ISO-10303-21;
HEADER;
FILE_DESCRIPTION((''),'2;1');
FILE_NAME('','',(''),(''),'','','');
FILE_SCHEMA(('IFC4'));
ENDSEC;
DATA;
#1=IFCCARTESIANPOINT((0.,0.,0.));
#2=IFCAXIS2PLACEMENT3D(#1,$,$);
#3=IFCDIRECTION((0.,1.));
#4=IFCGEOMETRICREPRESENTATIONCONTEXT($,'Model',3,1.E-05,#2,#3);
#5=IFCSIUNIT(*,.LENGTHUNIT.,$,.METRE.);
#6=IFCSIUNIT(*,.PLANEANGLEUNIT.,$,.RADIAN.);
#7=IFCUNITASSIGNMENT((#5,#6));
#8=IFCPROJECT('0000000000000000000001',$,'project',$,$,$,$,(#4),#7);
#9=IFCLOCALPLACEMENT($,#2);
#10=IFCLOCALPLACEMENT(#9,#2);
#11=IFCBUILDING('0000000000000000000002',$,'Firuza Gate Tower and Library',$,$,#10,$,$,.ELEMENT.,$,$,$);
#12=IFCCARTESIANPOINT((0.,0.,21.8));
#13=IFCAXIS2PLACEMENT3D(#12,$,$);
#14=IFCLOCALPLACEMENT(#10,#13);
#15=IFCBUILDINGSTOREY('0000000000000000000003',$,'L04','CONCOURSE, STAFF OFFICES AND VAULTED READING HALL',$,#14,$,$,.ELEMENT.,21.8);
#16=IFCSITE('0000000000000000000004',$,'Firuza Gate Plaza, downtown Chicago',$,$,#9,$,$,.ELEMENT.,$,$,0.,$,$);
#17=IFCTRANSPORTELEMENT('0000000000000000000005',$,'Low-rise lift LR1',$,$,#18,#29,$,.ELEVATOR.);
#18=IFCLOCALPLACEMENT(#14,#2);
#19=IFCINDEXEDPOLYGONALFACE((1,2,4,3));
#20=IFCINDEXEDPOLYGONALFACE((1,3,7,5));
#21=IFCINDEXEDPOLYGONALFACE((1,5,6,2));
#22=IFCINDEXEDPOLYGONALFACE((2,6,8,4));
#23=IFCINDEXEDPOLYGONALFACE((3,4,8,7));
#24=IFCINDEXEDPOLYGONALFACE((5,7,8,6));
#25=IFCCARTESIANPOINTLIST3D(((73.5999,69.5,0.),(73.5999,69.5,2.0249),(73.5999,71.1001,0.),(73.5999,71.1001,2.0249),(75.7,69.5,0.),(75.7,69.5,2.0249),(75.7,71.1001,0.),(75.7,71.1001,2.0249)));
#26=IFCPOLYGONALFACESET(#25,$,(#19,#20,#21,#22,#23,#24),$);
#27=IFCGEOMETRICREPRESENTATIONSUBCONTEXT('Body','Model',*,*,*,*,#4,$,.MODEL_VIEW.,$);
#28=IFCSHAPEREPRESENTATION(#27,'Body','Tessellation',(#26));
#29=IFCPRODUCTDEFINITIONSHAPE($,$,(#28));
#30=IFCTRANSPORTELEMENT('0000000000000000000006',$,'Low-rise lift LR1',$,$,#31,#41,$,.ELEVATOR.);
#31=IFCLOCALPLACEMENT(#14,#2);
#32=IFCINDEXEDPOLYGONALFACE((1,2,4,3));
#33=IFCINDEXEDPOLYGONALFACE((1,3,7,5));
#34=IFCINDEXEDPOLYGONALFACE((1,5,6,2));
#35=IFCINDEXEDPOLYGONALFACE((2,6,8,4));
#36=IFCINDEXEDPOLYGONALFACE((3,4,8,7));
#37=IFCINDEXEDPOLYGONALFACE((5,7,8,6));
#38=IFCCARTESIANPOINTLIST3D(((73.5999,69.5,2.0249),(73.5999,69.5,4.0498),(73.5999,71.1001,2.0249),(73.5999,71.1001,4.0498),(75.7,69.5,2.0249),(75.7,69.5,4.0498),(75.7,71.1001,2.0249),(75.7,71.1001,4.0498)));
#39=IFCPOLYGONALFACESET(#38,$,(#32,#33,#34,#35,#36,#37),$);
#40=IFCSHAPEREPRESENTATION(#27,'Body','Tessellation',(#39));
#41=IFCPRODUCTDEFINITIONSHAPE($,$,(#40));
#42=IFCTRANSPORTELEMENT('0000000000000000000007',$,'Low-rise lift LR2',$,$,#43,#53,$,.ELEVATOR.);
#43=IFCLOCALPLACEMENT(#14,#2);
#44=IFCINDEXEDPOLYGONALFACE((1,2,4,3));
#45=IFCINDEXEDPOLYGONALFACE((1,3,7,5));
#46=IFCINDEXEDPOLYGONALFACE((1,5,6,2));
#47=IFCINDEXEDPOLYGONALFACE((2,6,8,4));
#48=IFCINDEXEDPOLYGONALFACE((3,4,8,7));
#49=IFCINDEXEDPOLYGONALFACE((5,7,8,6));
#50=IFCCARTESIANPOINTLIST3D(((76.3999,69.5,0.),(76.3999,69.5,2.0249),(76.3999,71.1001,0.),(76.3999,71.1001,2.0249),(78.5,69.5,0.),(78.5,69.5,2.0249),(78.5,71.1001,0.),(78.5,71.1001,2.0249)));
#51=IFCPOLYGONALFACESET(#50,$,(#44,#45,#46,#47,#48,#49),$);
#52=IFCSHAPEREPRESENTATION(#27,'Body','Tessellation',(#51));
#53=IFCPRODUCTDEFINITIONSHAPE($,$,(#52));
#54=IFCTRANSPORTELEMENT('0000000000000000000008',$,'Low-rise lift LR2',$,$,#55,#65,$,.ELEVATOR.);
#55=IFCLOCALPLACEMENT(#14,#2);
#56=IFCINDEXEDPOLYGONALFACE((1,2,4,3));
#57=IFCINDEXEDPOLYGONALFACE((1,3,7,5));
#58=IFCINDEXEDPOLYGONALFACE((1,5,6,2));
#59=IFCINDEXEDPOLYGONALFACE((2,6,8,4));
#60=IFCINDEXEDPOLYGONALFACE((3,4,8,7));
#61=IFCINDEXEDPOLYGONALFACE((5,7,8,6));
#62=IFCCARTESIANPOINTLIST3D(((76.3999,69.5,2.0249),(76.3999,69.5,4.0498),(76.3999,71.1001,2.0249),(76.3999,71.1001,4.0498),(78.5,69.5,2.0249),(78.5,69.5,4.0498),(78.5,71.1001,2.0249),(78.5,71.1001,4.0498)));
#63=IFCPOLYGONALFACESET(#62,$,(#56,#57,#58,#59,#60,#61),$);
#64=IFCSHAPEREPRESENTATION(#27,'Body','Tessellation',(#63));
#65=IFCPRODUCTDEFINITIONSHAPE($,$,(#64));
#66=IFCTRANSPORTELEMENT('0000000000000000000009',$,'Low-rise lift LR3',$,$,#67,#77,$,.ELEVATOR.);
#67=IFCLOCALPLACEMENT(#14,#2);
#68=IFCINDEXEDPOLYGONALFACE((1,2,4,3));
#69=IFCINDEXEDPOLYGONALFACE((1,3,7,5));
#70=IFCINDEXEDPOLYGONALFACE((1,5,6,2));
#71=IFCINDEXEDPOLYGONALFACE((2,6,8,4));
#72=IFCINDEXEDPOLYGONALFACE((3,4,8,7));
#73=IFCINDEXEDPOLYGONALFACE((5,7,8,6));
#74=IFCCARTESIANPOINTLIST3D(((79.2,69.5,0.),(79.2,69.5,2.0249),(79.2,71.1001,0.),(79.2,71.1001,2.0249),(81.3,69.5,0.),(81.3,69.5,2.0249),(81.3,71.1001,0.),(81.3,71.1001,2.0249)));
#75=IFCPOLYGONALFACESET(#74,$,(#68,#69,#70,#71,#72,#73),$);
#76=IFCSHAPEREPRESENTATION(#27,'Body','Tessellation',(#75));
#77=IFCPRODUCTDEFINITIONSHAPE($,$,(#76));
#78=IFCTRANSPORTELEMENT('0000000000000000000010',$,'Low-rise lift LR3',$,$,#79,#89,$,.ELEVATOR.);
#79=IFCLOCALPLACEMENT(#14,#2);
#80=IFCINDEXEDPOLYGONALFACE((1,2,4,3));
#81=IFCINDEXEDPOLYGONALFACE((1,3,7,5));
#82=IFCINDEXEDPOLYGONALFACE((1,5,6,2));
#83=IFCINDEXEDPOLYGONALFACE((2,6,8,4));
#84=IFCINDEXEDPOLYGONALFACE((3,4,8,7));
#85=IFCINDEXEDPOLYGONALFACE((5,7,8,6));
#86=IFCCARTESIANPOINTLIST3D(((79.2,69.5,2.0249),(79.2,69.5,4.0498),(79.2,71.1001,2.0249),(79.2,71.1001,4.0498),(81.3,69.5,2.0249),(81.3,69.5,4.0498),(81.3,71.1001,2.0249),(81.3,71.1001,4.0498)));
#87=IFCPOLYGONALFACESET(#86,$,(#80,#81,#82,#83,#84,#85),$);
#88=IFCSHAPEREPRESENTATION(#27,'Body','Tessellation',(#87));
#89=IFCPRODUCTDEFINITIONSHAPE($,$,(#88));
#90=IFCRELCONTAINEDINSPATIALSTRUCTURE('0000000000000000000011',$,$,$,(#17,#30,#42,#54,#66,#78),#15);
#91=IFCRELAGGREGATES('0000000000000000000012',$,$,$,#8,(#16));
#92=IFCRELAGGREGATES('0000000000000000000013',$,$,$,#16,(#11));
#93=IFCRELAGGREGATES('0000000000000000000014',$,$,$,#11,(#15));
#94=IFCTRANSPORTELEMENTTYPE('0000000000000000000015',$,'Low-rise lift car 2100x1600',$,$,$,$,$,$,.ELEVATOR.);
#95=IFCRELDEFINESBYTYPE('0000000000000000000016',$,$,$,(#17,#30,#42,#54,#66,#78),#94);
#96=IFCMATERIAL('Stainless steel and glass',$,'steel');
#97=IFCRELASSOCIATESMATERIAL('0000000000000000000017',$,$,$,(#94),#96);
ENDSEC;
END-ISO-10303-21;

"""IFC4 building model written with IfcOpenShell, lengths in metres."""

from ifc_helpers import new_model, si_unit, direction, frame, origin, origin_2d, place, context, subcontext, project, spatial, rectangle, extrude, material, type_object, element, save


model = new_model("IFC4")

# Units and contexts
model_context = context("Model", 3, precision=1e-05, world=origin(), true_north=direction((0.0, 1.0)))
body_context = subcontext(model_context, "Body", "Model", "MODEL_VIEW")
ifc_project = project(units=[si_unit("LENGTHUNIT", "METRE"), si_unit("PLANEANGLEUNIT", "RADIAN")], contexts=[model_context])

# Site, building, storey
site_placement = place(None, origin())
site = spatial("IfcSite", under=ifc_project, at=site_placement, Name="Firuza Gate Plaza, downtown Chicago", CompositionType="ELEMENT", RefElevation=0.0)
building_placement = place(site_placement, origin())
building = spatial("IfcBuilding", under=site, at=building_placement, Name="Firuza Gate Tower and Library", CompositionType="ELEMENT")
storey_placement = place(building_placement, frame((0.0, 0.0, 21.8)))
storey = spatial("IfcBuildingStorey", under=building, at=storey_placement, Name="L04", Description="CONCOURSE, STAFF OFFICES AND VAULTED READING HALL", CompositionType="ELEMENT", Elevation=21.8)

# Transport elements
ifc_material_1 = material(Name="Stainless steel and glass", Category="steel")
transport_element_type = type_object("IfcTransportElementType", Name="Low-rise lift car 2100x1600", PredefinedType="ELEVATOR", material=ifc_material_1)
for number, where, z_axis, x_axis, name in (
    (1, (74.6499, 70.3, 0.0), (0.0, 0.0, 1.0), (1.0, 0.0, 0.0), "Low-rise lift LR1"),
    (2, (74.6499, 70.3, 2.0249), (0.0, 0.0, 1.0), (1.0, 0.0, 0.0), "Low-rise lift LR1"),
    (3, (77.45, 70.3, 0.0), (0.0, 0.0, 1.0), (1.0, 0.0, 0.0), "Low-rise lift LR2"),
    (4, (77.45, 70.3, 2.0249), (0.0, 0.0, 1.0), (1.0, 0.0, 0.0), "Low-rise lift LR2"),
    (5, (80.25, 70.3, 0.0), (0.0, 0.0, 1.0), (1.0, 0.0, 0.0), "Low-rise lift LR3"),
    (6, (80.25, 70.3, 2.0249), (0.0, 0.0, 1.0), (1.0, 0.0, 0.0), "Low-rise lift LR3"),
):
    element("IfcTransportElement", number, at=place(storey_placement, frame(where, z_axis=z_axis, x_axis=x_axis)), inside=storey, type_object=transport_element_type, Name=name, PredefinedType="ELEVATOR", context=body_context, shape_type="SweptSolid", body=[
        extrude(rectangle(XDim=2.1001, YDim=1.6001, at=origin_2d()), origin(), (0.0, 0.0, 1.0), 2.0249),
    ])

save(model, "model.ifc")
